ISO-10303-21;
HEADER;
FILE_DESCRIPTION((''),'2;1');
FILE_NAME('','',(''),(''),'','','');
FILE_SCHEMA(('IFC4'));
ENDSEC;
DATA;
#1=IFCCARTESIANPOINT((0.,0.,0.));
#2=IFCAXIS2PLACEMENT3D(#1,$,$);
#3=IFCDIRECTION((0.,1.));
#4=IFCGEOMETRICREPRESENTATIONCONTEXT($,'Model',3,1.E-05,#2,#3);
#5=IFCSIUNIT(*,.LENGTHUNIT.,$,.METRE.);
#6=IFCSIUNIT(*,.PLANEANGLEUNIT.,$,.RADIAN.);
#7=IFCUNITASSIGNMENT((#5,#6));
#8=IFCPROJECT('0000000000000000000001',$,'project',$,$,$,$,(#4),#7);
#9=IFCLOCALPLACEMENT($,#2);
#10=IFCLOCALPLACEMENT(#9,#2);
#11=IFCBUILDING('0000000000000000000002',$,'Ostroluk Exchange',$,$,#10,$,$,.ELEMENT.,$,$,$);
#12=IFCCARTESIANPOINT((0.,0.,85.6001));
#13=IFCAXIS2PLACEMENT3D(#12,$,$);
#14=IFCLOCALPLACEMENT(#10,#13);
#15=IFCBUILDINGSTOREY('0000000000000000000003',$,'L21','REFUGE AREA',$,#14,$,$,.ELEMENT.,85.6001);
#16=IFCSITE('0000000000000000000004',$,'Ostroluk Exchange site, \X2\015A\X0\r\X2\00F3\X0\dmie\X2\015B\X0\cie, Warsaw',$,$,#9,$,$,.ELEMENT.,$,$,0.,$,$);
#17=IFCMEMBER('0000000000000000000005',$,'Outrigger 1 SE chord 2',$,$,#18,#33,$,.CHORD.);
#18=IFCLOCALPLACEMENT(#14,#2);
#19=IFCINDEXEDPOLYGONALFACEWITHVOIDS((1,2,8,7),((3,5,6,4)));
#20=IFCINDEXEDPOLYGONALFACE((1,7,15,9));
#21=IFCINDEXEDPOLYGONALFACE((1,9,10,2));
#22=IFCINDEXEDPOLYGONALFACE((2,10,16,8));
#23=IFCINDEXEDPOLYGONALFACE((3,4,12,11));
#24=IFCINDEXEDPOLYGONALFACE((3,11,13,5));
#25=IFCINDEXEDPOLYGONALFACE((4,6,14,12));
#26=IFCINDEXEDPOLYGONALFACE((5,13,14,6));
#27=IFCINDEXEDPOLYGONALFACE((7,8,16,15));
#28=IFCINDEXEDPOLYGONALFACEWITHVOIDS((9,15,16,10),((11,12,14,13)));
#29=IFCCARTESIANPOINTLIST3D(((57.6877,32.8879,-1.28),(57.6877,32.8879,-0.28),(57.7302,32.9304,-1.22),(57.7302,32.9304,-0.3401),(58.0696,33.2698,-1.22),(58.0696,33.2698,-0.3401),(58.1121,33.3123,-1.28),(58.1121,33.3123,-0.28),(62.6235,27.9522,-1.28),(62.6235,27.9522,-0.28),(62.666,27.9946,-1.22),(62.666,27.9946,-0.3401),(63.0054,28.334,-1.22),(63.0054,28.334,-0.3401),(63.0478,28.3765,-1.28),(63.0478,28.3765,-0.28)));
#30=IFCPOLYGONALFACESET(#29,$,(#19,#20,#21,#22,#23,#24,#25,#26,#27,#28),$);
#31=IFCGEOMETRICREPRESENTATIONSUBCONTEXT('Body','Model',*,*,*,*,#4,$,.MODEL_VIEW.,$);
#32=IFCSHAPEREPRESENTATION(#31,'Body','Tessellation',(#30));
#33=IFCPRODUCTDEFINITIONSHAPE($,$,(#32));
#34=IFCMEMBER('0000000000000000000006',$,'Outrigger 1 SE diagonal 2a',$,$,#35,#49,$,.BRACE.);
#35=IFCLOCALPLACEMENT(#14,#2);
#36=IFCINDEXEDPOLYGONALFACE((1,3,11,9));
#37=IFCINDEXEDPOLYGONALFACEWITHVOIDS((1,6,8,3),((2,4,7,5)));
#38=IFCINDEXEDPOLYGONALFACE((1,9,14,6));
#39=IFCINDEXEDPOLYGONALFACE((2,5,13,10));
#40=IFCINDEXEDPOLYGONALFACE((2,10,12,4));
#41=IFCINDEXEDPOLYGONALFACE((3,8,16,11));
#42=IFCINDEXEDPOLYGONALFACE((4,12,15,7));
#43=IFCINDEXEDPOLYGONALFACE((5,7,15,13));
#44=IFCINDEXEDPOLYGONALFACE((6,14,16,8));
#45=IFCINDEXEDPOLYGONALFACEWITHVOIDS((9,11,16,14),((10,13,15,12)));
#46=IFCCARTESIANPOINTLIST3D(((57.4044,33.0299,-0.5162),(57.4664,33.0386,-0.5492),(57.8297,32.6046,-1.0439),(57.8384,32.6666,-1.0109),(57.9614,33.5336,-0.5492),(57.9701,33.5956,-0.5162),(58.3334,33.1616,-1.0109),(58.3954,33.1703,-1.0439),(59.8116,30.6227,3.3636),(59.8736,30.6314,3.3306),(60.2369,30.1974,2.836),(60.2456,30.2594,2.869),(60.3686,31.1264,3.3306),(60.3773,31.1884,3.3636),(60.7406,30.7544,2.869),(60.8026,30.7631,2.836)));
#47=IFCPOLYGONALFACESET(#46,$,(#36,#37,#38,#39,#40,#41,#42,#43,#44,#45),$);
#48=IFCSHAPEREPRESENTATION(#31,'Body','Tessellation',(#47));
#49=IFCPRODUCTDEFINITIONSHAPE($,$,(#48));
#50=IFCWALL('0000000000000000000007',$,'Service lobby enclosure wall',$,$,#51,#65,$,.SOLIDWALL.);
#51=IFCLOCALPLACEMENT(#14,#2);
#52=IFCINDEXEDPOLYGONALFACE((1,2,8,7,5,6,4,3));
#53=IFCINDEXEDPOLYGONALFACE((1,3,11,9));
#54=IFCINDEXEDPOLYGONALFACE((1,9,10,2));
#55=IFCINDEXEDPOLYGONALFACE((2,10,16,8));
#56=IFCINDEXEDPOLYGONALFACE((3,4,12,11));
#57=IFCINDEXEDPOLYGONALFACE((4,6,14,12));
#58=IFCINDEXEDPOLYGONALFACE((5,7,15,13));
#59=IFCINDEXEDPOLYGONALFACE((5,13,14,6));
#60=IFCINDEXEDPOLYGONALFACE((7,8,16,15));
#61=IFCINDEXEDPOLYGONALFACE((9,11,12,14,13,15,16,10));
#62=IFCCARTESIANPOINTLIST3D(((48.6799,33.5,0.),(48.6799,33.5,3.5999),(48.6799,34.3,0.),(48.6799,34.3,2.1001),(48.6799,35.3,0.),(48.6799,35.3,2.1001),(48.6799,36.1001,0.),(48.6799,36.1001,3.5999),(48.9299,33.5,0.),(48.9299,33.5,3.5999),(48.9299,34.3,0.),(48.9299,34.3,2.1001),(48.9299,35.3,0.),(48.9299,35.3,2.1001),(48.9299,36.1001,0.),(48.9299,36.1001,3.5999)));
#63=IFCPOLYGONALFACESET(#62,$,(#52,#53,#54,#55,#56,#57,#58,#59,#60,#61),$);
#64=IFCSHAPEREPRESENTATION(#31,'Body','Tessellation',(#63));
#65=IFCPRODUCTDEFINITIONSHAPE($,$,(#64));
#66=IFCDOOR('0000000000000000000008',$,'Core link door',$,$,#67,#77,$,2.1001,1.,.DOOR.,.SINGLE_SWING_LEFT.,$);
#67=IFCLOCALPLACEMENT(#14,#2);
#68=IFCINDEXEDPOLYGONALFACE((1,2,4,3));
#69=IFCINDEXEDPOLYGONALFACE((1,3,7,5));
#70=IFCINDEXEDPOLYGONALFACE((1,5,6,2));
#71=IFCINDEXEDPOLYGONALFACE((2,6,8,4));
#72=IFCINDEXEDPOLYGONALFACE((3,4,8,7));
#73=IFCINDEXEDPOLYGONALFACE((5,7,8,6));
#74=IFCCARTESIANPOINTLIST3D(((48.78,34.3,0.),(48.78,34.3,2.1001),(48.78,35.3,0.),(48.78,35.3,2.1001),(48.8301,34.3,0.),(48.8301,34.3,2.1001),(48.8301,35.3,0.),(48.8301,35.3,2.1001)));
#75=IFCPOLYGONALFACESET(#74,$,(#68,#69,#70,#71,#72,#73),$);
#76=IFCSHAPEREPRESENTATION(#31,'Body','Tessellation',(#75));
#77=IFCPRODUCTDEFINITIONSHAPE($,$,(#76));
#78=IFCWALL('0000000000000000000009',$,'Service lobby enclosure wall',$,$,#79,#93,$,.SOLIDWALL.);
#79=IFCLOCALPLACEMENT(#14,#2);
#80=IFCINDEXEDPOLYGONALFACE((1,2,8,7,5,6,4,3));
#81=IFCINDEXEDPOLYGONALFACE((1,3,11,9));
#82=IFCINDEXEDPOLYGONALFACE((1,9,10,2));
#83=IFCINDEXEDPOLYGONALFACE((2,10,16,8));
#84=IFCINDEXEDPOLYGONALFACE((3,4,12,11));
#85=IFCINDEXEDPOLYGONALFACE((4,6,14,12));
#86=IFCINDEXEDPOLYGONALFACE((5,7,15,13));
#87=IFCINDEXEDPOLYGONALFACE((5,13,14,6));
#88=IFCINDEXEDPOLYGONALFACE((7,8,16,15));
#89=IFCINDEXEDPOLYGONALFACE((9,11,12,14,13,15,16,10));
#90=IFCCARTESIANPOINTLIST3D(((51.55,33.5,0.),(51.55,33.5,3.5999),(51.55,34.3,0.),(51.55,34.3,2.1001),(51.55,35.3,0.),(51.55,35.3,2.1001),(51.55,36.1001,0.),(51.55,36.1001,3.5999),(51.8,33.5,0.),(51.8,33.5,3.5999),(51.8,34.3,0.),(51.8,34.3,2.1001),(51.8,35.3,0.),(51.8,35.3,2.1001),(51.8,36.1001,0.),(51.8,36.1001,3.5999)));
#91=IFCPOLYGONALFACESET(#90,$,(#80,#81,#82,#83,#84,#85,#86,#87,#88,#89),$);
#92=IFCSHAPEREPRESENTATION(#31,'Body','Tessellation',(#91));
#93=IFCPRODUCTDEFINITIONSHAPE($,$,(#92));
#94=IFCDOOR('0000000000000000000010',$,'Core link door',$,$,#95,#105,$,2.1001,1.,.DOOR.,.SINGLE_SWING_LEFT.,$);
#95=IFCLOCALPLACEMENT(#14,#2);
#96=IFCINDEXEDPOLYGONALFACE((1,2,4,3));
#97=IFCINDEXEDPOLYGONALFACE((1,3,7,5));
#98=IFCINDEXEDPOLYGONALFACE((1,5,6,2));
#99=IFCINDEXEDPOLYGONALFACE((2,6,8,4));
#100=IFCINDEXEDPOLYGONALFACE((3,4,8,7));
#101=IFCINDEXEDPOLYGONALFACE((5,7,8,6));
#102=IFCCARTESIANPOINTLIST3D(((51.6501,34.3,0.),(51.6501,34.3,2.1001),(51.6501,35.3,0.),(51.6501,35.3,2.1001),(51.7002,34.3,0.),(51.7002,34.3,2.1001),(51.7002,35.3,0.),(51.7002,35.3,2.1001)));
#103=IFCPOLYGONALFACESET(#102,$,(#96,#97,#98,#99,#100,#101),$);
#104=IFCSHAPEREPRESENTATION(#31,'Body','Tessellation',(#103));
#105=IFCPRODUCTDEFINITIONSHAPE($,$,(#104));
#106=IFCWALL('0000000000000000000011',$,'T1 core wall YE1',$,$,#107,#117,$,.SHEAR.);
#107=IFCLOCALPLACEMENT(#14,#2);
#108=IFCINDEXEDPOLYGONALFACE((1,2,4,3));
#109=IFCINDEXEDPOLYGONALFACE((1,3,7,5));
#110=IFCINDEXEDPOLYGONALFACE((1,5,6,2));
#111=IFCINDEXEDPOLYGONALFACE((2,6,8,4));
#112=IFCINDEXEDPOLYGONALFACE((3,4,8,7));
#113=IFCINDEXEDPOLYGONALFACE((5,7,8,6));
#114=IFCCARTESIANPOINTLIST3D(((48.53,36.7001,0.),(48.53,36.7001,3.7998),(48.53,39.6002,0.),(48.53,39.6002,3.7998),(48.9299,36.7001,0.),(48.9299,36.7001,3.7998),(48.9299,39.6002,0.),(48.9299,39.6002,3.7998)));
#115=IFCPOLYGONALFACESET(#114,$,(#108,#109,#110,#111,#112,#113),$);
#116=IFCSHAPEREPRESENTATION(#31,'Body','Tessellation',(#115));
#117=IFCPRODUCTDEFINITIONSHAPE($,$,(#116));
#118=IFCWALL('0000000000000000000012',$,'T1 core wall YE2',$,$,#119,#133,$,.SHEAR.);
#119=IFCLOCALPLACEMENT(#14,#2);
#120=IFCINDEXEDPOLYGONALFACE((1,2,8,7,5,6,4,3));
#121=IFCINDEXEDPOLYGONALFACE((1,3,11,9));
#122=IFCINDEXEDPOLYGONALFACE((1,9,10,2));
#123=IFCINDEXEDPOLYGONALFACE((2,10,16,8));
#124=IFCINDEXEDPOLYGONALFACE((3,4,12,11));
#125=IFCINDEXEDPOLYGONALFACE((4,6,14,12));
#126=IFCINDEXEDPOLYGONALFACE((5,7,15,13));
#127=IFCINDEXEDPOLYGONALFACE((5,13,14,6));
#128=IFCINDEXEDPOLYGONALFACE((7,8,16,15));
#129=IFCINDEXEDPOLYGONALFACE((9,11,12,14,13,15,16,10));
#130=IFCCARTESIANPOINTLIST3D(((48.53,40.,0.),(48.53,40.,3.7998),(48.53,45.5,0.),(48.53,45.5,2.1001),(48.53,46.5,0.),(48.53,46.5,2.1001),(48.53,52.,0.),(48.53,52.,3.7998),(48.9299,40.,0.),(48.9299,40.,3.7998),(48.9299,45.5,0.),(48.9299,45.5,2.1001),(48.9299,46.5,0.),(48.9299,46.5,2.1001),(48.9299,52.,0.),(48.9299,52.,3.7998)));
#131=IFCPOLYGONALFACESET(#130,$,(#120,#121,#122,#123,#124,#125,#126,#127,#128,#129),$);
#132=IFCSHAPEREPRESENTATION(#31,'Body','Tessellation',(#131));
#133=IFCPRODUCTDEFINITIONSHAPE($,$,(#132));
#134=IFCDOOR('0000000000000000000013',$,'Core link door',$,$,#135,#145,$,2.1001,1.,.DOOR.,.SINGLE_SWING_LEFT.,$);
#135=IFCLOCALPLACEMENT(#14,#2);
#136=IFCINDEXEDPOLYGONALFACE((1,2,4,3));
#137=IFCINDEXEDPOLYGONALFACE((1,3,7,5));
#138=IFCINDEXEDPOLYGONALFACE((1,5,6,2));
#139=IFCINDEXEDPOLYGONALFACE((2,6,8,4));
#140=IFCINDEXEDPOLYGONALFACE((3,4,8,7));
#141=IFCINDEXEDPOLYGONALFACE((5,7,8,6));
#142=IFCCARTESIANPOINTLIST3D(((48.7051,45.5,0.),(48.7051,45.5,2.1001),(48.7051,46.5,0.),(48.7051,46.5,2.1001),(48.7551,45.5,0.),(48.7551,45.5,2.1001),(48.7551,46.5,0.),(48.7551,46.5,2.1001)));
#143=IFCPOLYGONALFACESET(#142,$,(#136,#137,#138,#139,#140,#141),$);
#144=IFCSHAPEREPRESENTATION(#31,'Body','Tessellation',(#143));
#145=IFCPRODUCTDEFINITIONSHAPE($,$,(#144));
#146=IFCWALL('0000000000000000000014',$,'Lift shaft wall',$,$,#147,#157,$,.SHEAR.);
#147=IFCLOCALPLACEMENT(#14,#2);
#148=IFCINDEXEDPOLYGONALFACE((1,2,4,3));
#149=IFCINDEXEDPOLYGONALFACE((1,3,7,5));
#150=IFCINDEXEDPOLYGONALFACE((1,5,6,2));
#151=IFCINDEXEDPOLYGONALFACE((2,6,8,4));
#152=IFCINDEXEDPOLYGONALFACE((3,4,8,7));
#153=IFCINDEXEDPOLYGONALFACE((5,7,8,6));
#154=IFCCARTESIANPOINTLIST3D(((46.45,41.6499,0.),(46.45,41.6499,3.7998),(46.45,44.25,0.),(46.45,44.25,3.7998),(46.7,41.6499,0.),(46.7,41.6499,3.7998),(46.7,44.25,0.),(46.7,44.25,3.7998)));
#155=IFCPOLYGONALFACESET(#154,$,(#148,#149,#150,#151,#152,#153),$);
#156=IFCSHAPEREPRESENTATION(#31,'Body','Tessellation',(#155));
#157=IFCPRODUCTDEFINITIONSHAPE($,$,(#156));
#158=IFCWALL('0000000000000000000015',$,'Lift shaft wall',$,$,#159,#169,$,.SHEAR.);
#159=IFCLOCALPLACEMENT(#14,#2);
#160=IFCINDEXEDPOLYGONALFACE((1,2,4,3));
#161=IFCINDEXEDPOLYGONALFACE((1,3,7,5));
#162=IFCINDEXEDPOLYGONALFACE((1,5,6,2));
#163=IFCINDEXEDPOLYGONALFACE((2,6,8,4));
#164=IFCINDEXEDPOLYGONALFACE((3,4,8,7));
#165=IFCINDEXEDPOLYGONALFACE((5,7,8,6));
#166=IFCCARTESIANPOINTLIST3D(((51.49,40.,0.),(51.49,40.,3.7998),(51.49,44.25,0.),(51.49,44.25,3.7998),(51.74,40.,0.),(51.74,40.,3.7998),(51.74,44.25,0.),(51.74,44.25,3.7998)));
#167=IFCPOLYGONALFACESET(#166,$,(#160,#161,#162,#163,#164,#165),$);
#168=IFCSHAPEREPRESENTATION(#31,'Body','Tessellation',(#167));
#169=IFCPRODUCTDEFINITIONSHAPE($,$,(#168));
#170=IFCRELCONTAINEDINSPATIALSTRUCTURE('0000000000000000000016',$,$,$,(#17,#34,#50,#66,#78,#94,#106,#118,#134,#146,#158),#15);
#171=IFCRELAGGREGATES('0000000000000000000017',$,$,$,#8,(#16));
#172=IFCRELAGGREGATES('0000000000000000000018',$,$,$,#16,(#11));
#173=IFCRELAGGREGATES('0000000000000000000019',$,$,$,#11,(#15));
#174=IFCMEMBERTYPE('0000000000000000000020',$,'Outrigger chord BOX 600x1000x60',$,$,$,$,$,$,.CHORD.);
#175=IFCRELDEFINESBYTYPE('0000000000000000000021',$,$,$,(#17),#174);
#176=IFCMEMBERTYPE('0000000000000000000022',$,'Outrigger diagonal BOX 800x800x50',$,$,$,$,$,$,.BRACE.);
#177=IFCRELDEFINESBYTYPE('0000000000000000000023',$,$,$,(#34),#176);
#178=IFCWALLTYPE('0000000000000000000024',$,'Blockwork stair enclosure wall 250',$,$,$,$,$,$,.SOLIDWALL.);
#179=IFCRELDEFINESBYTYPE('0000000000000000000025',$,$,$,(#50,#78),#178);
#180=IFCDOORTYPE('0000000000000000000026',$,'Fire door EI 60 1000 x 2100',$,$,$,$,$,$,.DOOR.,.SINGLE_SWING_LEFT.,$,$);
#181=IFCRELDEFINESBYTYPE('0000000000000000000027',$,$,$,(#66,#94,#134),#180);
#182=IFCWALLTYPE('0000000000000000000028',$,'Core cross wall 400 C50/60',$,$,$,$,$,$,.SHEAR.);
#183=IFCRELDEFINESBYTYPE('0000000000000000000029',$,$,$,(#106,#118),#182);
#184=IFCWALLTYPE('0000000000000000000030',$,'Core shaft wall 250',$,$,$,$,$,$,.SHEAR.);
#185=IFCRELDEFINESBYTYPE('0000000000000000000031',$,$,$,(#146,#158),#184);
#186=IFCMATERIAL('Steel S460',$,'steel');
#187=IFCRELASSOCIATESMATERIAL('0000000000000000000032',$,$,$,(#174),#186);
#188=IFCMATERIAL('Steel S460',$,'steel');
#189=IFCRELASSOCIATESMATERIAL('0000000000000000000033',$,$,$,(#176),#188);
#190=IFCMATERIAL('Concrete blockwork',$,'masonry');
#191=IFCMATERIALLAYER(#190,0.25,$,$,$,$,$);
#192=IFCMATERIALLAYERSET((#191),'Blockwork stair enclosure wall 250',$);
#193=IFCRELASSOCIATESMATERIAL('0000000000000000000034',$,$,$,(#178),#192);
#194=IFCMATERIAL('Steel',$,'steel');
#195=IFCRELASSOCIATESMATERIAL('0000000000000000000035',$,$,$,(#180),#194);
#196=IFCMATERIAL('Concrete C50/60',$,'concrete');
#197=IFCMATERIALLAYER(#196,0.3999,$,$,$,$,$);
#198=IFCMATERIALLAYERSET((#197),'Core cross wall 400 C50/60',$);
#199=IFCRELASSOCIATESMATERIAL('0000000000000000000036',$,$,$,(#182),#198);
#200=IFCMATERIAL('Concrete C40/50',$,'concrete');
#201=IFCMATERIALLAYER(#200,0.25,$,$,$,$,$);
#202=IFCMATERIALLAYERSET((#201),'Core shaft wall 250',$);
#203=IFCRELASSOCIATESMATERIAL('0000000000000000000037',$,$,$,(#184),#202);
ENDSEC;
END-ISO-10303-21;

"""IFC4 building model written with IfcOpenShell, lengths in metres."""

from ifc_helpers import new_model, si_unit, direction, frame, frame_2d, origin, origin_2d, place, context, subcontext, project, spatial, rectangle, hollow_rectangle, extrude, material, layer, layer_set, material_profile, profile_set, type_object, element, fill, save


model = new_model("IFC4")

# Units and contexts
model_context = context("Model", 3, precision=1e-05, world=origin(), true_north=direction((0.0, 1.0)))
body_context = subcontext(model_context, "Body", "Model", "MODEL_VIEW")
ifc_project = project(units=[si_unit("LENGTHUNIT", "METRE"), si_unit("PLANEANGLEUNIT", "RADIAN")], contexts=[model_context])

# Site, building, storey
site_placement = place(None, origin())
site = spatial("IfcSite", under=ifc_project, at=site_placement, Name="Ostroluk Exchange site, Śródmieście, Warsaw", CompositionType="ELEMENT", RefElevation=0.0)
building_placement = place(site_placement, origin())
building = spatial("IfcBuilding", under=site, at=building_placement, Name="Ostroluk Exchange", CompositionType="ELEMENT")
storey_placement = place(building_placement, frame((0.0, 0.0, 85.6001)))
storey = spatial("IfcBuildingStorey", under=building, at=storey_placement, Name="L21", Description="REFUGE AREA", CompositionType="ELEMENT", Elevation=85.6001)

# Members
ifc_material_1 = material(Name="Steel S460", Category="steel")
ifc_material_profile_1 = material_profile(ifc_material_1, hollow_rectangle(XDim=0.6001, YDim=1.0, WallThickness=0.0601, at=origin_2d()), Name="BOX 600x1000x60")
ifc_profile_set_1 = profile_set([ifc_material_profile_1], Name="Steel S460")
member_type_1 = type_object("IfcMemberType", Name="Outrigger chord BOX 600x1000x60", PredefinedType="CHORD", material=ifc_profile_set_1)
member_1_placement = place(storey_placement, frame((57.8999, 33.1001, -0.78), z_axis=(0.707107, -0.707107, 0.0), x_axis=(0.707107, 0.707107, 0.0)))
element("IfcMember", 1, at=member_1_placement, inside=storey, type_object=member_type_1, Name="Outrigger 1 SE chord 2", PredefinedType="CHORD", context=body_context, shape_type="SweptSolid", body=[
    extrude(hollow_rectangle(XDim=0.6001, YDim=1.0, WallThickness=0.0601, at=origin_2d()), origin(), (0.0, 0.0, 1.0), 6.9802),
])
ifc_material_2 = material(Name="Steel S460", Category="steel")
ifc_material_profile_2 = material_profile(ifc_material_2, hollow_rectangle(XDim=0.8, YDim=0.8, WallThickness=0.05, at=origin_2d()), Name="BOX 800x800x50")
ifc_profile_set_2 = profile_set([ifc_material_profile_2], Name="Steel S460")
member_type_2 = type_object("IfcMemberType", Name="Outrigger diagonal BOX 800x800x50", PredefinedType="BRACE", material=ifc_profile_set_2)
member_2_placement = place(storey_placement, frame((57.8999, 33.1001, -0.78), z_axis=(0.466365, -0.466365, 0.75167), x_axis=(0.707107, 0.707107, 0.0)))
element("IfcMember", 2, at=member_2_placement, inside=storey, type_object=member_type_2, Name="Outrigger 1 SE diagonal 2a", PredefinedType="BRACE", context=body_context, shape_type="SweptSolid", body=[
    extrude(hollow_rectangle(XDim=0.8, YDim=0.8, WallThickness=0.05, at=origin_2d()), origin(), (0.0, 0.0, 1.0), 5.1616),
])

# Walls, openings, doors
ifc_material_3 = material(Name="Concrete blockwork", Category="masonry")
ifc_layer_1 = layer(ifc_material_3, 0.25)
ifc_layer_set_1 = layer_set([ifc_layer_1], Name="Blockwork stair enclosure wall 250")
wall_type_1 = type_object("IfcWallType", Name="Blockwork stair enclosure wall 250", PredefinedType="SOLIDWALL", material=ifc_layer_set_1)
wall_1_placement = place(storey_placement, frame((48.8049, 33.5, 0.0), z_axis=(0.0, 0.0, 1.0), x_axis=(0.0, 1.0, 0.0)))
wall_1 = element("IfcWall", 3, at=wall_1_placement, inside=storey, type_object=wall_type_1, Name="Service lobby enclosure wall", PredefinedType="SOLIDWALL", context=body_context, shape_type="SweptSolid", body=[
    extrude(rectangle(XDim=2.6001, YDim=0.25, at=frame_2d((1.3, 0.0))), origin(), (0.0, 0.0, 1.0), 3.5999),
])
opening_1_placement = place(wall_1_placement, frame((0.8, 0.0, 0.0)))
opening_1 = element("IfcOpeningElement", 4, at=opening_1_placement, cuts=wall_1, PredefinedType="OPENING", context=body_context, shape_type="SweptSolid", body=[
    extrude(rectangle(XDim=1.0, YDim=2.1001, at=frame_2d((0.5, 1.05))), frame((0.0, 0.135, 0.0), z_axis=(0.0, -1.0, 0.0), x_axis=(1.0, 0.0, 0.0)), (0.0, 0.0, 1.0), 0.27),
])
ifc_material_4 = material(Name="Steel", Category="steel")
door_type_1 = type_object("IfcDoorType", Name="Fire door EI 60 1000 x 2100", OperationType="SINGLE_SWING_LEFT", PredefinedType="DOOR", material=ifc_material_4)
door_1_placement = place(opening_1_placement, origin())
door_1 = element("IfcDoor", 5, at=door_1_placement, inside=storey, type_object=door_type_1, Name="Core link door", OperationType="SINGLE_SWING_LEFT", OverallHeight=2.1001, OverallWidth=1.0, PredefinedType="DOOR", context=body_context, shape_type="SweptSolid", body=[
    extrude(rectangle(XDim=1.0, YDim=2.1001, at=frame_2d((0.5, 1.05))), frame((0.0, 0.0249, 0.0), z_axis=(0.0, -1.0, 0.0), x_axis=(1.0, 0.0, 0.0)), (0.0, 0.0, 1.0), 0.05),
])
fill(opening_1, door_1)
wall_2_placement = place(storey_placement, frame((51.675, 33.5, 0.0), z_axis=(0.0, 0.0, 1.0), x_axis=(0.0, 1.0, 0.0)))
wall_2 = element("IfcWall", 6, at=wall_2_placement, inside=storey, type_object=wall_type_1, Name="Service lobby enclosure wall", PredefinedType="SOLIDWALL", context=body_context, shape_type="SweptSolid", body=[
    extrude(rectangle(XDim=2.6001, YDim=0.25, at=frame_2d((1.3, 0.0))), origin(), (0.0, 0.0, 1.0), 3.5999),
])
opening_2_placement = place(wall_2_placement, frame((0.8, 0.0, 0.0)))
opening_2 = element("IfcOpeningElement", 7, at=opening_2_placement, cuts=wall_2, PredefinedType="OPENING", context=body_context, shape_type="SweptSolid", body=[
    extrude(rectangle(XDim=1.0, YDim=2.1001, at=frame_2d((0.5, 1.05))), frame((0.0, 0.135, 0.0), z_axis=(0.0, -1.0, 0.0), x_axis=(1.0, 0.0, 0.0)), (0.0, 0.0, 1.0), 0.27),
])
door_2_placement = place(opening_2_placement, origin())
door_2 = element("IfcDoor", 8, at=door_2_placement, inside=storey, type_object=door_type_1, Name="Core link door", OperationType="SINGLE_SWING_LEFT", OverallHeight=2.1001, OverallWidth=1.0, PredefinedType="DOOR", context=body_context, shape_type="SweptSolid", body=[
    extrude(rectangle(XDim=1.0, YDim=2.1001, at=frame_2d((0.5, 1.05))), frame((0.0, 0.0249, 0.0), z_axis=(0.0, -1.0, 0.0), x_axis=(1.0, 0.0, 0.0)), (0.0, 0.0, 1.0), 0.05),
])
fill(opening_2, door_2)

# Wall
ifc_material_5 = material(Name="Concrete C50/60", Category="concrete")
ifc_layer_2 = layer(ifc_material_5, 0.3999)
ifc_layer_set_2 = layer_set([ifc_layer_2], Name="Core cross wall 400 C50/60")
wall_type_2 = type_object("IfcWallType", Name="Core cross wall 400 C50/60", PredefinedType="SHEAR", material=ifc_layer_set_2)
wall_3_placement = place(storey_placement, frame((48.73, 36.7, 0.0), z_axis=(0.0, 0.0, 1.0), x_axis=(0.0, 1.0, 0.0)))
element("IfcWall", 9, at=wall_3_placement, inside=storey, type_object=wall_type_2, Name="T1 core wall YE1", PredefinedType="SHEAR", context=body_context, shape_type="SweptSolid", body=[
    extrude(rectangle(XDim=2.9001, YDim=0.3999, at=frame_2d((1.4502, 0.0))), origin(), (0.0, 0.0, 1.0), 3.7998),
])

# Wall, opening, door
wall_4_placement = place(storey_placement, frame((48.73, 40.0, 0.0), z_axis=(0.0, 0.0, 1.0), x_axis=(0.0, 1.0, 0.0)))
wall_4 = element("IfcWall", 10, at=wall_4_placement, inside=storey, type_object=wall_type_2, Name="T1 core wall YE2", PredefinedType="SHEAR", context=body_context, shape_type="SweptSolid", body=[
    extrude(rectangle(XDim=12.0, YDim=0.3999, at=frame_2d((6.0, 0.0))), origin(), (0.0, 0.0, 1.0), 3.7998),
])
opening_3_placement = place(wall_4_placement, frame((5.5, 0.0, 0.0)))
opening_3 = element("IfcOpeningElement", 11, at=opening_3_placement, cuts=wall_4, PredefinedType="OPENING", context=body_context, shape_type="SweptSolid", body=[
    extrude(rectangle(XDim=1.0, YDim=2.1001, at=frame_2d((0.5, 1.05))), frame((0.0, 0.21, 0.0), z_axis=(0.0, -1.0, 0.0), x_axis=(1.0, 0.0, 0.0)), (0.0, 0.0, 1.0), 0.4199),
])
door_3_placement = place(opening_3_placement, origin())
door_3 = element("IfcDoor", 12, at=door_3_placement, inside=storey, type_object=door_type_1, Name="Core link door", OperationType="SINGLE_SWING_LEFT", OverallHeight=2.1001, OverallWidth=1.0, PredefinedType="DOOR", context=body_context, shape_type="SweptSolid", body=[
    extrude(rectangle(XDim=1.0, YDim=2.1001, at=frame_2d((0.5, 1.05))), frame((0.0, 0.0249, 0.0), z_axis=(0.0, -1.0, 0.0), x_axis=(1.0, 0.0, 0.0)), (0.0, 0.0, 1.0), 0.05),
])
fill(opening_3, door_3)
ifc_material_6 = material(Name="Concrete C40/50", Category="concrete")
ifc_layer_3 = layer(ifc_material_6, 0.25)
ifc_layer_set_3 = layer_set([ifc_layer_3], Name="Core shaft wall 250")
wall_type_3 = type_object("IfcWallType", Name="Core shaft wall 250", PredefinedType="SHEAR", material=ifc_layer_set_3)

# Walls
wall_5_placement = place(storey_placement, frame((46.575, 44.25, 0.0), z_axis=(0.0, 0.0, 1.0), x_axis=(0.0, -1.0, 0.0)))
element("IfcWall", 13, at=wall_5_placement, inside=storey, type_object=wall_type_3, Name="Lift shaft wall", PredefinedType="SHEAR", context=body_context, shape_type="SweptSolid", body=[
    extrude(rectangle(XDim=2.6001, YDim=0.25, at=frame_2d((1.3, 0.0))), origin(), (0.0, 0.0, 1.0), 3.7998),
])
wall_6_placement = place(storey_placement, frame((51.615, 44.25, 0.0), z_axis=(0.0, 0.0, 1.0), x_axis=(0.0, -1.0, 0.0)))
element("IfcWall", 14, at=wall_6_placement, inside=storey, type_object=wall_type_3, Name="Lift shaft wall", PredefinedType="SHEAR", context=body_context, shape_type="SweptSolid", body=[
    extrude(rectangle(XDim=4.25, YDim=0.25, at=frame_2d((2.125, 0.0))), origin(), (0.0, 0.0, 1.0), 3.7998),
])

save(model, "model.ifc")
